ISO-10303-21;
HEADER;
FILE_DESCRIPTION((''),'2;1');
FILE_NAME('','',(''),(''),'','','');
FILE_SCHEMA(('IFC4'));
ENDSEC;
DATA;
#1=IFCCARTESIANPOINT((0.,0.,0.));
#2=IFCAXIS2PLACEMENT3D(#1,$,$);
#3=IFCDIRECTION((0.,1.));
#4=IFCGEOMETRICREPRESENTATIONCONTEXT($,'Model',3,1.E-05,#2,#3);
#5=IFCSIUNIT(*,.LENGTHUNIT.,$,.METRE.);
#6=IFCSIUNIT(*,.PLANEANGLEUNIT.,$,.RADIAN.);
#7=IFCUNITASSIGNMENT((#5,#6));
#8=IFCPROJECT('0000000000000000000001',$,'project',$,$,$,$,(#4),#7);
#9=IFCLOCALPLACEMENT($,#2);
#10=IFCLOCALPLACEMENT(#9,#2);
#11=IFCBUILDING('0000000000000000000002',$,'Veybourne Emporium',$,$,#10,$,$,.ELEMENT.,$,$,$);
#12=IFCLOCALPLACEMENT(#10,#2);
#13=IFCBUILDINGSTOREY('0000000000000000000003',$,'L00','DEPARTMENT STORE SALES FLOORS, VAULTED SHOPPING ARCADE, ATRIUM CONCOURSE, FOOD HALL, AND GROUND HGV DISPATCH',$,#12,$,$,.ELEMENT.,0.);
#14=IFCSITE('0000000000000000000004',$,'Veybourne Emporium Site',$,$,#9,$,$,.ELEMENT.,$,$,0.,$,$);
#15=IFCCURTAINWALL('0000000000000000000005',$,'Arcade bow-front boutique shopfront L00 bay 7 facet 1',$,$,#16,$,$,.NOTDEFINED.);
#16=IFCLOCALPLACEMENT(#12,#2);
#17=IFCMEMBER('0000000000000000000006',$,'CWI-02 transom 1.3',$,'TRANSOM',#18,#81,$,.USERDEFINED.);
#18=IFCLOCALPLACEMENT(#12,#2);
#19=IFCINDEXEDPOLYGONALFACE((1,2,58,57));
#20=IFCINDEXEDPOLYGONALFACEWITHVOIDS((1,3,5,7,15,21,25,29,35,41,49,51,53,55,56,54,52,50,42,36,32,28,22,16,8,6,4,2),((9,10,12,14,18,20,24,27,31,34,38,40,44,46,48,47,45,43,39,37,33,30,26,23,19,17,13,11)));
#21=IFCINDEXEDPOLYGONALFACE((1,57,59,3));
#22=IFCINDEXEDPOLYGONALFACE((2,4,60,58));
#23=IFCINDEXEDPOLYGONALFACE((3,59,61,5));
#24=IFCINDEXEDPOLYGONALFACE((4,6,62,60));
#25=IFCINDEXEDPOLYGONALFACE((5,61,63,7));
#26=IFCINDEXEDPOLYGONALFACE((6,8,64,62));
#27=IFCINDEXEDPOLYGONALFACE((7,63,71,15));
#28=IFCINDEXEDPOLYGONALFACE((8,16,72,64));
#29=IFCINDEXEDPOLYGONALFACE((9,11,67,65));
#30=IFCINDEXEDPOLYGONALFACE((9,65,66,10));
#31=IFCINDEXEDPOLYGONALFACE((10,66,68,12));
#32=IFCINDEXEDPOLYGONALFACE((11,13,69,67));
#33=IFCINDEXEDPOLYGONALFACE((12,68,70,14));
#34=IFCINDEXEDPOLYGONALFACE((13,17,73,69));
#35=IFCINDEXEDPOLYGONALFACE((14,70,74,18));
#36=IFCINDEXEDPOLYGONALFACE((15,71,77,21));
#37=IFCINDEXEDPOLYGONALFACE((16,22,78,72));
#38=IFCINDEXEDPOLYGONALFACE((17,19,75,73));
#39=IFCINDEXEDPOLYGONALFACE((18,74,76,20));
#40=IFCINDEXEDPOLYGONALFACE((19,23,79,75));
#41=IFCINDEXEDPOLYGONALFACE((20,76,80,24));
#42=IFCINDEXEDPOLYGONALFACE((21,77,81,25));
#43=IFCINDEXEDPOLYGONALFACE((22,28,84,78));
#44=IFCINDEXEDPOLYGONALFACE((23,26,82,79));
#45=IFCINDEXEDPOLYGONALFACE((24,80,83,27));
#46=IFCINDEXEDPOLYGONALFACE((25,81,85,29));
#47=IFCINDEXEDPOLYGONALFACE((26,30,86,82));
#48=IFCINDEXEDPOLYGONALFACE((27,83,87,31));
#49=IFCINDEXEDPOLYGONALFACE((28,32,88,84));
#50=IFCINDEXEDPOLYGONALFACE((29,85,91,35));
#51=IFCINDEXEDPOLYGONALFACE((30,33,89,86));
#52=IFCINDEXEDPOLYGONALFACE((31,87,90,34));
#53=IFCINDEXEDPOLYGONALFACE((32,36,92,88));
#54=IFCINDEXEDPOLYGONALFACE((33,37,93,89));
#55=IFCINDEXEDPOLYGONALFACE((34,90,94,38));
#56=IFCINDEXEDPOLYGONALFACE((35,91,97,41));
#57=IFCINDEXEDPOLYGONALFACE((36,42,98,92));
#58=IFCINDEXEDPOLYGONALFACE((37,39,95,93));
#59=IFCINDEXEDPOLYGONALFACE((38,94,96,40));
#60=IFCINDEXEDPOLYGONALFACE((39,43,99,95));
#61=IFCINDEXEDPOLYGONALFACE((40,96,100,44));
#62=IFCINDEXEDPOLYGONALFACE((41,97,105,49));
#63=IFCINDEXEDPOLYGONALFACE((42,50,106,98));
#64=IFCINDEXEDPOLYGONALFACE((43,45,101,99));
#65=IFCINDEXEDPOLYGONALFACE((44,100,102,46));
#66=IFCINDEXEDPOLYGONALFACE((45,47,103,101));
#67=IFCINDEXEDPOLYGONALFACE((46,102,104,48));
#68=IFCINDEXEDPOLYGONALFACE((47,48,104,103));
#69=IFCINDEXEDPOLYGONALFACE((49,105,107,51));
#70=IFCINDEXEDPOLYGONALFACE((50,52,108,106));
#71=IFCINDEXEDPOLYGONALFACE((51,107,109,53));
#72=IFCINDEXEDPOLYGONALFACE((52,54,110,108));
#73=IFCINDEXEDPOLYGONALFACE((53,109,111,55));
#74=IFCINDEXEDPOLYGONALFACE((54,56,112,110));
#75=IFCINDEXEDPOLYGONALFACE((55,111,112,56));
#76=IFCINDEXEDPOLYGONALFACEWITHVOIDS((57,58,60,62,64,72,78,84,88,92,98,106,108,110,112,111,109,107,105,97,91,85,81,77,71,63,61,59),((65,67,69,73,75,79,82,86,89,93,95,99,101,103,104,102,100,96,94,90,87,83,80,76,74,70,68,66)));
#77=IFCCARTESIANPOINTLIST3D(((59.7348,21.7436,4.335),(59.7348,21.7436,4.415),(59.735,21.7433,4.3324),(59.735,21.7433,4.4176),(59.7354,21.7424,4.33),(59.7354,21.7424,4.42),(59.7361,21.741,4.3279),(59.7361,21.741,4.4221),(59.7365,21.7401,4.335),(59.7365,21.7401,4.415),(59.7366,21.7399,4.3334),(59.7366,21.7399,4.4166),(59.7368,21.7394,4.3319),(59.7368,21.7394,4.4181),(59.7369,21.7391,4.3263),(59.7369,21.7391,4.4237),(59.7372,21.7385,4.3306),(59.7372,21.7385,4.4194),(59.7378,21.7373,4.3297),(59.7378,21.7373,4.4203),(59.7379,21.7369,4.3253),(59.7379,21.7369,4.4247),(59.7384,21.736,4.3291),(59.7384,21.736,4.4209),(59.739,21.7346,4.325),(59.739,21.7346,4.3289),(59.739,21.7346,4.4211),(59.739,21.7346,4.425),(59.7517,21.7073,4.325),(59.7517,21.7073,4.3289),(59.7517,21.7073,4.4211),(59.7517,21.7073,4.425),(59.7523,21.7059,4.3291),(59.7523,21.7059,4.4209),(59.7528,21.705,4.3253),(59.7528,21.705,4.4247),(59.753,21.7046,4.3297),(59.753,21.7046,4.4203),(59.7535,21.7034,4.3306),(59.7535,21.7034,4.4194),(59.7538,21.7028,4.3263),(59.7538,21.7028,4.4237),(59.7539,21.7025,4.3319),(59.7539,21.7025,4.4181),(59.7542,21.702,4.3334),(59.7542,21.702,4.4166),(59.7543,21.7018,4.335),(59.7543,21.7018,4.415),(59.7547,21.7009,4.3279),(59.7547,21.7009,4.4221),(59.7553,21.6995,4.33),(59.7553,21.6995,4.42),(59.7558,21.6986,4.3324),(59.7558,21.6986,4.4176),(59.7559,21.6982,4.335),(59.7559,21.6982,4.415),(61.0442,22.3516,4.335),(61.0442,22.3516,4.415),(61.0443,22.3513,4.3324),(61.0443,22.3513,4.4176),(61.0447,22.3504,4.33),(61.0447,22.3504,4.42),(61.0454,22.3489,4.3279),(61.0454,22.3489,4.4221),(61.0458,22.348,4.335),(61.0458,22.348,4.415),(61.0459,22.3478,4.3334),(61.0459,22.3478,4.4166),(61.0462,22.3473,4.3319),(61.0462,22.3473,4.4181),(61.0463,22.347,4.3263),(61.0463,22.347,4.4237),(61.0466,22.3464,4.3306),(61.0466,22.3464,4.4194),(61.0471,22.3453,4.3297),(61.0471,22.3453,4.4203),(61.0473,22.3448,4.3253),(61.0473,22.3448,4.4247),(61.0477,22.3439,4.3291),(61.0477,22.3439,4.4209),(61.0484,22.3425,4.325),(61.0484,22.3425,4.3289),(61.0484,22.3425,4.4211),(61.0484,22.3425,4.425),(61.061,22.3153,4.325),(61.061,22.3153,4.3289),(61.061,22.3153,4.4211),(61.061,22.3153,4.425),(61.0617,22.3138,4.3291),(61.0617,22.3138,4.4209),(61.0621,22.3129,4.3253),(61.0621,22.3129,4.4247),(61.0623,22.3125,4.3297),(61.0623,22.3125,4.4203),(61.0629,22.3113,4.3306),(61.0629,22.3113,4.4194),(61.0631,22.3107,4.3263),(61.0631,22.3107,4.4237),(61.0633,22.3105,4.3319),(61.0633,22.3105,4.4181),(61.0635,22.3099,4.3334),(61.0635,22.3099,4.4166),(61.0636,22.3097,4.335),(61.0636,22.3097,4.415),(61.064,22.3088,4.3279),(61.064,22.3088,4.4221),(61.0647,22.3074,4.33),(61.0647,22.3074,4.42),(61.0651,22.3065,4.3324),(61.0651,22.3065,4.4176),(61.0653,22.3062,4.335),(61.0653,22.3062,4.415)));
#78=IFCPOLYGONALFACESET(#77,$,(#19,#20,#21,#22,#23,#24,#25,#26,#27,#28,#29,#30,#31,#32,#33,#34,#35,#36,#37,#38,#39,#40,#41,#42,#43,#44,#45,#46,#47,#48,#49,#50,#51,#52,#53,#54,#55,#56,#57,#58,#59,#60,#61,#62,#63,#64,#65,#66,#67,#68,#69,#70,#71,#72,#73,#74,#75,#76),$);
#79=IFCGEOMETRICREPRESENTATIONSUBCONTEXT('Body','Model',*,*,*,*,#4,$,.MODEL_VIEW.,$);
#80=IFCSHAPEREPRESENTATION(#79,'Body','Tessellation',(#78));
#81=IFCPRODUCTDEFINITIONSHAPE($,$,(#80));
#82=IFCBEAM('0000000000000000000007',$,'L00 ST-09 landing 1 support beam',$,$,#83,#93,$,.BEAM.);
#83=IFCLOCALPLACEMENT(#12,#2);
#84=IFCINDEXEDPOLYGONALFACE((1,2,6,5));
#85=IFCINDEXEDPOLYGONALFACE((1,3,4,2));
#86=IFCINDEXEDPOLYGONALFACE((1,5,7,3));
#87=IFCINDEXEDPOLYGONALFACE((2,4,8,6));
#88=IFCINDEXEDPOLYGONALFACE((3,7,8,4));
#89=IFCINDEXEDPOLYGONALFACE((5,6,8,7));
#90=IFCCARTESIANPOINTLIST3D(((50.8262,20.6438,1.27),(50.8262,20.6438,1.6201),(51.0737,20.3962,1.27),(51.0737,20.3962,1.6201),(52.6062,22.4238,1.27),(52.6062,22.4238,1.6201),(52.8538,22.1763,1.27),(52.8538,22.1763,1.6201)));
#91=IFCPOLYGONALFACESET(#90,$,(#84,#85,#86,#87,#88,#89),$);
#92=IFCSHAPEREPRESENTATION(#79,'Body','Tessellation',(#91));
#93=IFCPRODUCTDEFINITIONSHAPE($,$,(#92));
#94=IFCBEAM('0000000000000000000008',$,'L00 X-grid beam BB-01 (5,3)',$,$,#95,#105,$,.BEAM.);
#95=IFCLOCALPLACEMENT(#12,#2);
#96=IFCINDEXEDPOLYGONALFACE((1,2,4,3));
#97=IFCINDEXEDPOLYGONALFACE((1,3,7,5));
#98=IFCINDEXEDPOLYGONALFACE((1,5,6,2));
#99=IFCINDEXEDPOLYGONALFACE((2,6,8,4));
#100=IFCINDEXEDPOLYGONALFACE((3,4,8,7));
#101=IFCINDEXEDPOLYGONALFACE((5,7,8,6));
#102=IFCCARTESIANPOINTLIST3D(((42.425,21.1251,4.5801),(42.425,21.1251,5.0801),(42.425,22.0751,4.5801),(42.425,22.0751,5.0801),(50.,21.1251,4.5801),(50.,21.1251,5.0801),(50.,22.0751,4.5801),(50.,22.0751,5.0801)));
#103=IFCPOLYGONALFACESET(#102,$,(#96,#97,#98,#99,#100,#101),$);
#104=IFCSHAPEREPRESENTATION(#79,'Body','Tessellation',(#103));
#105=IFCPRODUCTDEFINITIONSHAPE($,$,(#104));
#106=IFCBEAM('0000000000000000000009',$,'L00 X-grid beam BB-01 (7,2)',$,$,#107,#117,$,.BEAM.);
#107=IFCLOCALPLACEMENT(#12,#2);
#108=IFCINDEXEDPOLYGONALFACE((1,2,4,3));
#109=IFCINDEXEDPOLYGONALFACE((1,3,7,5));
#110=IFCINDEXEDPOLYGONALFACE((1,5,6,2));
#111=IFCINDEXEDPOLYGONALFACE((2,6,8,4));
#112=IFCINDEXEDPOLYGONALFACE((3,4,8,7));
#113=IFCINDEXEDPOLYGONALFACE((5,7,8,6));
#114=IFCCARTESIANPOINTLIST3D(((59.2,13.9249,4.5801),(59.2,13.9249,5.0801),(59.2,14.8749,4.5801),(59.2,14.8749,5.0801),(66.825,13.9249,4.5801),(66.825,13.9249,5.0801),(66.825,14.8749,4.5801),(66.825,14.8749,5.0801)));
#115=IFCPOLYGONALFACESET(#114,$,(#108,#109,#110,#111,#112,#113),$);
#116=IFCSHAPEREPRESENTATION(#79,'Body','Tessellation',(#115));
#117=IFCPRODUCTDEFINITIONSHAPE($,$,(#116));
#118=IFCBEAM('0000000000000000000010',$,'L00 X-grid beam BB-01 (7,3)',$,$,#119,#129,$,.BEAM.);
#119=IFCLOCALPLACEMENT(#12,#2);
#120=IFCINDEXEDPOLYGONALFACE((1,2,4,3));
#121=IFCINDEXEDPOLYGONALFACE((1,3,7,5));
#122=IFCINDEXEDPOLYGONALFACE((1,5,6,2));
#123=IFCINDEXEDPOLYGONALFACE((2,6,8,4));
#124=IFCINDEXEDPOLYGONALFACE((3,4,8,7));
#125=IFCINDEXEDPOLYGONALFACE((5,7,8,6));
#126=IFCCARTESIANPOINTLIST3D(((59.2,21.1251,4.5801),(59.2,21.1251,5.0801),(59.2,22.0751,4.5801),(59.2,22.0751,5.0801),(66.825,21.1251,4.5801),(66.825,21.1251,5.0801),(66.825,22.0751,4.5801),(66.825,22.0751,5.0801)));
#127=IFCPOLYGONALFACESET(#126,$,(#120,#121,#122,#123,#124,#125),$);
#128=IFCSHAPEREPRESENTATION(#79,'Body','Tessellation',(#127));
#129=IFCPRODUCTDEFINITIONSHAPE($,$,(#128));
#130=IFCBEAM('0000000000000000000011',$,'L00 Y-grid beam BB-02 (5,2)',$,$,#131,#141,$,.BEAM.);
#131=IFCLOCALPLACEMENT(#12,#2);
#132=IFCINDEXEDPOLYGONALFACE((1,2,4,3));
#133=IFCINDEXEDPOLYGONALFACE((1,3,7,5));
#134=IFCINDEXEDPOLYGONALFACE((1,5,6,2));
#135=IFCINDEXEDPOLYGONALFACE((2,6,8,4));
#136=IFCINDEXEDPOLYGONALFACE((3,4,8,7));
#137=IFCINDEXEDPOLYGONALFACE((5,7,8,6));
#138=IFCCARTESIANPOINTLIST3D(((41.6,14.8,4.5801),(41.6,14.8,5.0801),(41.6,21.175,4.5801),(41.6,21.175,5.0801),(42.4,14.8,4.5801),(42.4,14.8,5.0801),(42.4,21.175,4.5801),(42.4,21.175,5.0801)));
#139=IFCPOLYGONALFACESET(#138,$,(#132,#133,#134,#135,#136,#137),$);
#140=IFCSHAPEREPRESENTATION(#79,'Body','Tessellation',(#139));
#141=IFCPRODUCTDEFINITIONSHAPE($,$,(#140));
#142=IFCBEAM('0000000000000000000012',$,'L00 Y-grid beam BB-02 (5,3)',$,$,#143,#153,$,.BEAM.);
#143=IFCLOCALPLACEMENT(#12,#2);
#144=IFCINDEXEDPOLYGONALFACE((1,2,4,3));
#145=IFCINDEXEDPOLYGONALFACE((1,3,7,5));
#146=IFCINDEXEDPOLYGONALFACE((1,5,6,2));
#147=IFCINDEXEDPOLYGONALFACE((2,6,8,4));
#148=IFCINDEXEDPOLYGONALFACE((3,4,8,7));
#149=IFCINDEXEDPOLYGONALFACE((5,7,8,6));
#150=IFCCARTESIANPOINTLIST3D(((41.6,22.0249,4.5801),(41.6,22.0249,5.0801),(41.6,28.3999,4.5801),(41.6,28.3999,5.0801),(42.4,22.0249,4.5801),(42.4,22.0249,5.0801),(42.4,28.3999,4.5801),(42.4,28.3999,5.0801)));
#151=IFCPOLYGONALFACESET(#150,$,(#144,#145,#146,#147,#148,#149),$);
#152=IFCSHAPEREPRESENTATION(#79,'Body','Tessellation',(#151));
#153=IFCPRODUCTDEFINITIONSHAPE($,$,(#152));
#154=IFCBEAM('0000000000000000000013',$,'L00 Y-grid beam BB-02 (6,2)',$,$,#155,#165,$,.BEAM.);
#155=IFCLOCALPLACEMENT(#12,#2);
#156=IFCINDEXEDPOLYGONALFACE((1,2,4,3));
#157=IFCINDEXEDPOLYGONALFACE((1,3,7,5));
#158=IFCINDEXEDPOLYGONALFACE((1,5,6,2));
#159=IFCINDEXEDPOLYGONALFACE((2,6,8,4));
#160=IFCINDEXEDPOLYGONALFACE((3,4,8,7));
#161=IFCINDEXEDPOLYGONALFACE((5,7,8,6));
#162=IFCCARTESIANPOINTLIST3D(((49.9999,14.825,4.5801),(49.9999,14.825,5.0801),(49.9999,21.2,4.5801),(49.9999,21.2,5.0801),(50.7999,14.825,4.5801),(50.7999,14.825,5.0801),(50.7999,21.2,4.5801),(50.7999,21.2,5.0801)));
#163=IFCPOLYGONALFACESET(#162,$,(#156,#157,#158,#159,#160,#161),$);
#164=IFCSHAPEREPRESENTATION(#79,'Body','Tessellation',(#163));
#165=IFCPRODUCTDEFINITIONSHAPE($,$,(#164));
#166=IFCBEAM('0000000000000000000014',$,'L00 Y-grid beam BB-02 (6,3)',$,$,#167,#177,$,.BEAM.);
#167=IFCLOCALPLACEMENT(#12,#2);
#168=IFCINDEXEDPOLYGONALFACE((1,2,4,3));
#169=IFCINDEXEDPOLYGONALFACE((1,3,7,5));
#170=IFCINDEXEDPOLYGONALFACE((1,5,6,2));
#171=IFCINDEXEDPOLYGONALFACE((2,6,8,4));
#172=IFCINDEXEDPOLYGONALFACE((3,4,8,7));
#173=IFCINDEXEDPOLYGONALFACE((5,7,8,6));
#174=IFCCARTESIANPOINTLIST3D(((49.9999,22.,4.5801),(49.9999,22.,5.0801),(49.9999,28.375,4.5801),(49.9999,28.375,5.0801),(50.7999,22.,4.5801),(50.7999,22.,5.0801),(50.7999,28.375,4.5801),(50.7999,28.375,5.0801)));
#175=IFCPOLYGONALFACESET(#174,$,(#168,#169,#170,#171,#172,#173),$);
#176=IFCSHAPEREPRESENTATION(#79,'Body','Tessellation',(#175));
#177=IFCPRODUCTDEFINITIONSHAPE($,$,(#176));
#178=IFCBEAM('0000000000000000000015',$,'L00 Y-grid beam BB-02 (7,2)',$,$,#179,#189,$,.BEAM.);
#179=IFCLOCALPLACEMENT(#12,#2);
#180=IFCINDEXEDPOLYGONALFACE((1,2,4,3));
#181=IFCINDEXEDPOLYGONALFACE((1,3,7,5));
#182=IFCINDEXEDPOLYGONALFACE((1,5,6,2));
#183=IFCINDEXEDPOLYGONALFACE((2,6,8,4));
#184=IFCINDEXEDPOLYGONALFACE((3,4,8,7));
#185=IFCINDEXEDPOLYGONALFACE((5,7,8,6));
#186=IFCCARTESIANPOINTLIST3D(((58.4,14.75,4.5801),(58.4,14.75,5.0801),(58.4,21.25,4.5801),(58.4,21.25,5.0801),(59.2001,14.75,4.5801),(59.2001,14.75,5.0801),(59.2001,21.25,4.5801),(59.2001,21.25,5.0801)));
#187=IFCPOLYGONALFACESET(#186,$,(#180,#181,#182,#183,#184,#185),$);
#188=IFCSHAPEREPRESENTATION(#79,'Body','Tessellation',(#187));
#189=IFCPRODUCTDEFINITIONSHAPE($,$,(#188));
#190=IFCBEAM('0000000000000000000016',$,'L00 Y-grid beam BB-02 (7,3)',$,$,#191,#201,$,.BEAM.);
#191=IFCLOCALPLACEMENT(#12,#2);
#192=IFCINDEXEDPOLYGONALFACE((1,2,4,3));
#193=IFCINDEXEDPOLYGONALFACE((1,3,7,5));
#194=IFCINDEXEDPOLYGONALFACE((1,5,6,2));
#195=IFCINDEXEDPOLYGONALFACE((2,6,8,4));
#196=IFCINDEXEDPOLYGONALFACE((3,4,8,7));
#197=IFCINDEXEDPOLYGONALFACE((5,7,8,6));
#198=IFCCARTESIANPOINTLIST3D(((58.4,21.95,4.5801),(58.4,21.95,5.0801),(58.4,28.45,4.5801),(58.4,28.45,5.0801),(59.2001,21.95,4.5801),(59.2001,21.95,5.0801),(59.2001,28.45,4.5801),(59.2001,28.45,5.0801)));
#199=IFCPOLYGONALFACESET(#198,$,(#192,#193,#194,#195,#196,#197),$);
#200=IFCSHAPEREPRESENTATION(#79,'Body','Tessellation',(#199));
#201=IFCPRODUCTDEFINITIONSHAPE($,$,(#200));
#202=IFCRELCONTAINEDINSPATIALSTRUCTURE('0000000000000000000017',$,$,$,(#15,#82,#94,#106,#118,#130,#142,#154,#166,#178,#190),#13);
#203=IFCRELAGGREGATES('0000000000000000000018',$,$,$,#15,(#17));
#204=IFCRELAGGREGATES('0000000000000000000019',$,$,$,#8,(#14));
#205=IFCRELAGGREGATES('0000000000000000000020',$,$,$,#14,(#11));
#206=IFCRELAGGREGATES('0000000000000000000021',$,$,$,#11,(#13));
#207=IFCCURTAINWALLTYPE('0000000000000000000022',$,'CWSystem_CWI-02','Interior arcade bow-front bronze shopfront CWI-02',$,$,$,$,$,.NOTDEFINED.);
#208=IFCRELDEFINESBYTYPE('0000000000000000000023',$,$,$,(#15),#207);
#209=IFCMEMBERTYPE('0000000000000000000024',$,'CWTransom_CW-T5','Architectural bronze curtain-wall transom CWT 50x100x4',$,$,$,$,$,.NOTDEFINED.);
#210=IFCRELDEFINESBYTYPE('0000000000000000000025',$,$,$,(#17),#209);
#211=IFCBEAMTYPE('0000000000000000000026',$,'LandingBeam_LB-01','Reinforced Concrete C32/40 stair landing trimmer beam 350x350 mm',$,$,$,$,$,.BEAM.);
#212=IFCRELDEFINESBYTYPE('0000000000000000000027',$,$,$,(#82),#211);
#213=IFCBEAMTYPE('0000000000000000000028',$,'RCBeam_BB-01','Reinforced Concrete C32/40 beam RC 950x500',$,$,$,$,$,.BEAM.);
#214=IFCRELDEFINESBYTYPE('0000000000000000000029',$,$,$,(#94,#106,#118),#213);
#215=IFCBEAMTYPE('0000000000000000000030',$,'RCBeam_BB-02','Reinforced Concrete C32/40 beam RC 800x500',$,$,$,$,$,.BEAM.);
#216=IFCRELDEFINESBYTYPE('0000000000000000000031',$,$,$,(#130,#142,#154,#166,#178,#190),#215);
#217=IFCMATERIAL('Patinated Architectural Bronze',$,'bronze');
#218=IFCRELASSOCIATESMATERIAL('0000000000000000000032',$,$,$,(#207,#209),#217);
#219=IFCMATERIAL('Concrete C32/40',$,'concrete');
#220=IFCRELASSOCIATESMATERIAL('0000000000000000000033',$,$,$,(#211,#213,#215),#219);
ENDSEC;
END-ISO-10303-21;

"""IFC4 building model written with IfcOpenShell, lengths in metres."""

from ifc_helpers import new_model, si_unit, direction, frame, origin, origin_2d, place, context, subcontext, project, spatial, rectangle, hollow_rectangle, extrude, material, material_profile, profile_set, type_object, element, aggregate, save


model = new_model("IFC4")

# Units and contexts
model_context = context("Model", 3, precision=1e-05, world=origin(), true_north=direction((0.0, 1.0)))
body_context = subcontext(model_context, "Body", "Model", "MODEL_VIEW")
ifc_project = project(units=[si_unit("LENGTHUNIT", "METRE"), si_unit("PLANEANGLEUNIT", "RADIAN")], contexts=[model_context])

# Site, building, storey
site_placement = place(None, origin())
site = spatial("IfcSite", under=ifc_project, at=site_placement, Name="Veybourne Emporium Site", CompositionType="ELEMENT", RefElevation=0.0)
building_placement = place(site_placement, origin())
building = spatial("IfcBuilding", under=site, at=building_placement, Name="Veybourne Emporium", CompositionType="ELEMENT")
storey_placement = place(building_placement, origin())
storey = spatial("IfcBuildingStorey", under=building, at=storey_placement, Name="L00", Description="DEPARTMENT STORE SALES FLOORS, VAULTED SHOPPING ARCADE, ATRIUM CONCOURSE, FOOD HALL, AND GROUND HGV DISPATCH", CompositionType="ELEMENT", Elevation=0.0)

# Curtain wall
ifc_material_1 = material(Name="Patinated Architectural Bronze", Category="bronze")
curtain_wall_type_1 = type_object("IfcCurtainWallType", Name="CWSystem_CWI-02", Description="Interior arcade bow-front bronze shopfront CWI-02", PredefinedType="NOTDEFINED", material=ifc_material_1)
curtain_wall_1_placement = place(storey_placement, origin())
curtain_wall_1 = element("IfcCurtainWall", 1, at=curtain_wall_1_placement, inside=storey, type_object=curtain_wall_type_1, Name="Arcade bow-front boutique shopfront L00 bay 7 facet 1", PredefinedType="NOTDEFINED")

# Member
ifc_material_profile_1 = material_profile(ifc_material_1, hollow_rectangle(XDim=0.05, YDim=0.1001, WallThickness=0.0039, InnerFilletRadius=0.0061, OuterFilletRadius=0.01, at=origin_2d()), Name="CWT 50x100x4")
ifc_profile_set_1 = profile_set([ifc_material_profile_1], Name="Patinated Architectural Bronze")
member_type_1 = type_object("IfcMemberType", Name="CWTransom_CW-T5", Description="Architectural bronze curtain-wall transom CWT 50x100x4", PredefinedType="NOTDEFINED", material=ifc_profile_set_1)
member_1_placement = place(storey_placement, frame((59.7454, 21.7209, 4.375), z_axis=(0.907007, 0.421116, 0.0), x_axis=(-0.421116, 0.907007, 0.0)))
member_1 = element("IfcMember", 2, at=member_1_placement, type_object=member_type_1, Name="CWI-02 transom 1.3", ObjectType="TRANSOM", PredefinedType="USERDEFINED", context=body_context, shape_type="SweptSolid", body=[
    extrude(hollow_rectangle(XDim=0.05, YDim=0.1001, WallThickness=0.0039, InnerFilletRadius=0.0061, OuterFilletRadius=0.01, at=origin_2d()), origin(), (0.0, 0.0, 1.0), 1.4436),
])
aggregate(curtain_wall_1, [member_1])

# Beams
ifc_material_2 = material(Name="Concrete C32/40", Category="concrete")
ifc_material_profile_2 = material_profile(ifc_material_2, rectangle(XDim=0.3501, YDim=0.3501, at=origin_2d()), Name="RC 350x350")
ifc_profile_set_2 = profile_set([ifc_material_profile_2], Name="Concrete C32/40")
beam_type_1 = type_object("IfcBeamType", Name="LandingBeam_LB-01", Description="Reinforced Concrete C32/40 stair landing trimmer beam 350x350 mm", PredefinedType="BEAM", material=ifc_profile_set_2)
beam_1_placement = place(storey_placement, frame((50.95, 20.52, 1.4451), z_axis=(0.707107, 0.707107, 0.0), x_axis=(-0.707107, 0.707107, 0.0)))
element("IfcBeam", 3, at=beam_1_placement, inside=storey, type_object=beam_type_1, Name="L00 ST-09 landing 1 support beam", PredefinedType="BEAM", context=body_context, shape_type="SweptSolid", body=[
    extrude(rectangle(XDim=0.3501, YDim=0.3501, at=origin_2d()), origin(), (0.0, 0.0, 1.0), 2.5173),
])
ifc_material_profile_3 = material_profile(ifc_material_2, rectangle(XDim=0.95, YDim=0.5, at=origin_2d()), Name="RC 950x500")
ifc_profile_set_3 = profile_set([ifc_material_profile_3], Name="Concrete C32/40")
beam_type_2 = type_object("IfcBeamType", Name="RCBeam_BB-01", Description="Reinforced Concrete C32/40 beam RC 950x500", PredefinedType="BEAM", material=ifc_profile_set_3)
beam_2_placement = place(storey_placement, frame((42.425, 21.6001, 4.8301), z_axis=(1.0, 0.0, 0.0), x_axis=(0.0, 1.0, 0.0)))
element("IfcBeam", 4, at=beam_2_placement, inside=storey, type_object=beam_type_2, Name="L00 X-grid beam BB-01 (5,3)", PredefinedType="BEAM", context=body_context, shape_type="SweptSolid", body=[
    extrude(rectangle(XDim=0.95, YDim=0.5, at=origin_2d()), origin(), (0.0, 0.0, 1.0), 7.575),
])
for number, where, z_axis, x_axis, name in (
    (5, (59.2, 14.3999, 4.8301), (1.0, 0.0, 0.0), (0.0, 1.0, 0.0), "L00 X-grid beam BB-01 (7,2)"),
    (6, (59.2, 21.6001, 4.8301), (1.0, 0.0, 0.0), (0.0, 1.0, 0.0), "L00 X-grid beam BB-01 (7,3)"),
):
    element("IfcBeam", number, at=place(storey_placement, frame(where, z_axis=z_axis, x_axis=x_axis)), inside=storey, type_object=beam_type_2, Name=name, PredefinedType="BEAM", context=body_context, shape_type="SweptSolid", body=[
        extrude(rectangle(XDim=0.95, YDim=0.5, at=origin_2d()), origin(), (0.0, 0.0, 1.0), 7.625),
    ])
ifc_material_profile_4 = material_profile(ifc_material_2, rectangle(XDim=0.8, YDim=0.5, at=origin_2d()), Name="RC 800x500")
ifc_profile_set_4 = profile_set([ifc_material_profile_4], Name="Concrete C32/40")
beam_type_3 = type_object("IfcBeamType", Name="RCBeam_BB-02", Description="Reinforced Concrete C32/40 beam RC 800x500", PredefinedType="BEAM", material=ifc_profile_set_4)
for number, where, z_axis, x_axis, name in (
    (7, (42.0, 14.8, 4.8301), (0.0, 1.0, 0.0), (-1.0, 0.0, 0.0), "L00 Y-grid beam BB-02 (5,2)"),
    (8, (42.0, 22.0249, 4.8301), (0.0, 1.0, 0.0), (-1.0, 0.0, 0.0), "L00 Y-grid beam BB-02 (5,3)"),
    (9, (50.3999, 14.825, 4.8301), (0.0, 1.0, 0.0), (-1.0, 0.0, 0.0), "L00 Y-grid beam BB-02 (6,2)"),
    (10, (50.3999, 22.0, 4.8301), (0.0, 1.0, 0.0), (-1.0, 0.0, 0.0), "L00 Y-grid beam BB-02 (6,3)"),
):
    element("IfcBeam", number, at=place(storey_placement, frame(where, z_axis=z_axis, x_axis=x_axis)), inside=storey, type_object=beam_type_3, Name=name, PredefinedType="BEAM", context=body_context, shape_type="SweptSolid", body=[
        extrude(rectangle(XDim=0.8, YDim=0.5, at=origin_2d()), origin(), (0.0, 0.0, 1.0), 6.375),
    ])
for number, where, z_axis, x_axis, name in (
    (11, (58.8, 14.75, 4.8301), (0.0, 1.0, 0.0), (-1.0, 0.0, 0.0), "L00 Y-grid beam BB-02 (7,2)"),
    (12, (58.8, 21.95, 4.8301), (0.0, 1.0, 0.0), (-1.0, 0.0, 0.0), "L00 Y-grid beam BB-02 (7,3)"),
):
    element("IfcBeam", number, at=place(storey_placement, frame(where, z_axis=z_axis, x_axis=x_axis)), inside=storey, type_object=beam_type_3, Name=name, PredefinedType="BEAM", context=body_context, shape_type="SweptSolid", body=[
        extrude(rectangle(XDim=0.8, YDim=0.5, at=origin_2d()), origin(), (0.0, 0.0, 1.0), 6.5),
    ])

save(model, "model.ifc")
